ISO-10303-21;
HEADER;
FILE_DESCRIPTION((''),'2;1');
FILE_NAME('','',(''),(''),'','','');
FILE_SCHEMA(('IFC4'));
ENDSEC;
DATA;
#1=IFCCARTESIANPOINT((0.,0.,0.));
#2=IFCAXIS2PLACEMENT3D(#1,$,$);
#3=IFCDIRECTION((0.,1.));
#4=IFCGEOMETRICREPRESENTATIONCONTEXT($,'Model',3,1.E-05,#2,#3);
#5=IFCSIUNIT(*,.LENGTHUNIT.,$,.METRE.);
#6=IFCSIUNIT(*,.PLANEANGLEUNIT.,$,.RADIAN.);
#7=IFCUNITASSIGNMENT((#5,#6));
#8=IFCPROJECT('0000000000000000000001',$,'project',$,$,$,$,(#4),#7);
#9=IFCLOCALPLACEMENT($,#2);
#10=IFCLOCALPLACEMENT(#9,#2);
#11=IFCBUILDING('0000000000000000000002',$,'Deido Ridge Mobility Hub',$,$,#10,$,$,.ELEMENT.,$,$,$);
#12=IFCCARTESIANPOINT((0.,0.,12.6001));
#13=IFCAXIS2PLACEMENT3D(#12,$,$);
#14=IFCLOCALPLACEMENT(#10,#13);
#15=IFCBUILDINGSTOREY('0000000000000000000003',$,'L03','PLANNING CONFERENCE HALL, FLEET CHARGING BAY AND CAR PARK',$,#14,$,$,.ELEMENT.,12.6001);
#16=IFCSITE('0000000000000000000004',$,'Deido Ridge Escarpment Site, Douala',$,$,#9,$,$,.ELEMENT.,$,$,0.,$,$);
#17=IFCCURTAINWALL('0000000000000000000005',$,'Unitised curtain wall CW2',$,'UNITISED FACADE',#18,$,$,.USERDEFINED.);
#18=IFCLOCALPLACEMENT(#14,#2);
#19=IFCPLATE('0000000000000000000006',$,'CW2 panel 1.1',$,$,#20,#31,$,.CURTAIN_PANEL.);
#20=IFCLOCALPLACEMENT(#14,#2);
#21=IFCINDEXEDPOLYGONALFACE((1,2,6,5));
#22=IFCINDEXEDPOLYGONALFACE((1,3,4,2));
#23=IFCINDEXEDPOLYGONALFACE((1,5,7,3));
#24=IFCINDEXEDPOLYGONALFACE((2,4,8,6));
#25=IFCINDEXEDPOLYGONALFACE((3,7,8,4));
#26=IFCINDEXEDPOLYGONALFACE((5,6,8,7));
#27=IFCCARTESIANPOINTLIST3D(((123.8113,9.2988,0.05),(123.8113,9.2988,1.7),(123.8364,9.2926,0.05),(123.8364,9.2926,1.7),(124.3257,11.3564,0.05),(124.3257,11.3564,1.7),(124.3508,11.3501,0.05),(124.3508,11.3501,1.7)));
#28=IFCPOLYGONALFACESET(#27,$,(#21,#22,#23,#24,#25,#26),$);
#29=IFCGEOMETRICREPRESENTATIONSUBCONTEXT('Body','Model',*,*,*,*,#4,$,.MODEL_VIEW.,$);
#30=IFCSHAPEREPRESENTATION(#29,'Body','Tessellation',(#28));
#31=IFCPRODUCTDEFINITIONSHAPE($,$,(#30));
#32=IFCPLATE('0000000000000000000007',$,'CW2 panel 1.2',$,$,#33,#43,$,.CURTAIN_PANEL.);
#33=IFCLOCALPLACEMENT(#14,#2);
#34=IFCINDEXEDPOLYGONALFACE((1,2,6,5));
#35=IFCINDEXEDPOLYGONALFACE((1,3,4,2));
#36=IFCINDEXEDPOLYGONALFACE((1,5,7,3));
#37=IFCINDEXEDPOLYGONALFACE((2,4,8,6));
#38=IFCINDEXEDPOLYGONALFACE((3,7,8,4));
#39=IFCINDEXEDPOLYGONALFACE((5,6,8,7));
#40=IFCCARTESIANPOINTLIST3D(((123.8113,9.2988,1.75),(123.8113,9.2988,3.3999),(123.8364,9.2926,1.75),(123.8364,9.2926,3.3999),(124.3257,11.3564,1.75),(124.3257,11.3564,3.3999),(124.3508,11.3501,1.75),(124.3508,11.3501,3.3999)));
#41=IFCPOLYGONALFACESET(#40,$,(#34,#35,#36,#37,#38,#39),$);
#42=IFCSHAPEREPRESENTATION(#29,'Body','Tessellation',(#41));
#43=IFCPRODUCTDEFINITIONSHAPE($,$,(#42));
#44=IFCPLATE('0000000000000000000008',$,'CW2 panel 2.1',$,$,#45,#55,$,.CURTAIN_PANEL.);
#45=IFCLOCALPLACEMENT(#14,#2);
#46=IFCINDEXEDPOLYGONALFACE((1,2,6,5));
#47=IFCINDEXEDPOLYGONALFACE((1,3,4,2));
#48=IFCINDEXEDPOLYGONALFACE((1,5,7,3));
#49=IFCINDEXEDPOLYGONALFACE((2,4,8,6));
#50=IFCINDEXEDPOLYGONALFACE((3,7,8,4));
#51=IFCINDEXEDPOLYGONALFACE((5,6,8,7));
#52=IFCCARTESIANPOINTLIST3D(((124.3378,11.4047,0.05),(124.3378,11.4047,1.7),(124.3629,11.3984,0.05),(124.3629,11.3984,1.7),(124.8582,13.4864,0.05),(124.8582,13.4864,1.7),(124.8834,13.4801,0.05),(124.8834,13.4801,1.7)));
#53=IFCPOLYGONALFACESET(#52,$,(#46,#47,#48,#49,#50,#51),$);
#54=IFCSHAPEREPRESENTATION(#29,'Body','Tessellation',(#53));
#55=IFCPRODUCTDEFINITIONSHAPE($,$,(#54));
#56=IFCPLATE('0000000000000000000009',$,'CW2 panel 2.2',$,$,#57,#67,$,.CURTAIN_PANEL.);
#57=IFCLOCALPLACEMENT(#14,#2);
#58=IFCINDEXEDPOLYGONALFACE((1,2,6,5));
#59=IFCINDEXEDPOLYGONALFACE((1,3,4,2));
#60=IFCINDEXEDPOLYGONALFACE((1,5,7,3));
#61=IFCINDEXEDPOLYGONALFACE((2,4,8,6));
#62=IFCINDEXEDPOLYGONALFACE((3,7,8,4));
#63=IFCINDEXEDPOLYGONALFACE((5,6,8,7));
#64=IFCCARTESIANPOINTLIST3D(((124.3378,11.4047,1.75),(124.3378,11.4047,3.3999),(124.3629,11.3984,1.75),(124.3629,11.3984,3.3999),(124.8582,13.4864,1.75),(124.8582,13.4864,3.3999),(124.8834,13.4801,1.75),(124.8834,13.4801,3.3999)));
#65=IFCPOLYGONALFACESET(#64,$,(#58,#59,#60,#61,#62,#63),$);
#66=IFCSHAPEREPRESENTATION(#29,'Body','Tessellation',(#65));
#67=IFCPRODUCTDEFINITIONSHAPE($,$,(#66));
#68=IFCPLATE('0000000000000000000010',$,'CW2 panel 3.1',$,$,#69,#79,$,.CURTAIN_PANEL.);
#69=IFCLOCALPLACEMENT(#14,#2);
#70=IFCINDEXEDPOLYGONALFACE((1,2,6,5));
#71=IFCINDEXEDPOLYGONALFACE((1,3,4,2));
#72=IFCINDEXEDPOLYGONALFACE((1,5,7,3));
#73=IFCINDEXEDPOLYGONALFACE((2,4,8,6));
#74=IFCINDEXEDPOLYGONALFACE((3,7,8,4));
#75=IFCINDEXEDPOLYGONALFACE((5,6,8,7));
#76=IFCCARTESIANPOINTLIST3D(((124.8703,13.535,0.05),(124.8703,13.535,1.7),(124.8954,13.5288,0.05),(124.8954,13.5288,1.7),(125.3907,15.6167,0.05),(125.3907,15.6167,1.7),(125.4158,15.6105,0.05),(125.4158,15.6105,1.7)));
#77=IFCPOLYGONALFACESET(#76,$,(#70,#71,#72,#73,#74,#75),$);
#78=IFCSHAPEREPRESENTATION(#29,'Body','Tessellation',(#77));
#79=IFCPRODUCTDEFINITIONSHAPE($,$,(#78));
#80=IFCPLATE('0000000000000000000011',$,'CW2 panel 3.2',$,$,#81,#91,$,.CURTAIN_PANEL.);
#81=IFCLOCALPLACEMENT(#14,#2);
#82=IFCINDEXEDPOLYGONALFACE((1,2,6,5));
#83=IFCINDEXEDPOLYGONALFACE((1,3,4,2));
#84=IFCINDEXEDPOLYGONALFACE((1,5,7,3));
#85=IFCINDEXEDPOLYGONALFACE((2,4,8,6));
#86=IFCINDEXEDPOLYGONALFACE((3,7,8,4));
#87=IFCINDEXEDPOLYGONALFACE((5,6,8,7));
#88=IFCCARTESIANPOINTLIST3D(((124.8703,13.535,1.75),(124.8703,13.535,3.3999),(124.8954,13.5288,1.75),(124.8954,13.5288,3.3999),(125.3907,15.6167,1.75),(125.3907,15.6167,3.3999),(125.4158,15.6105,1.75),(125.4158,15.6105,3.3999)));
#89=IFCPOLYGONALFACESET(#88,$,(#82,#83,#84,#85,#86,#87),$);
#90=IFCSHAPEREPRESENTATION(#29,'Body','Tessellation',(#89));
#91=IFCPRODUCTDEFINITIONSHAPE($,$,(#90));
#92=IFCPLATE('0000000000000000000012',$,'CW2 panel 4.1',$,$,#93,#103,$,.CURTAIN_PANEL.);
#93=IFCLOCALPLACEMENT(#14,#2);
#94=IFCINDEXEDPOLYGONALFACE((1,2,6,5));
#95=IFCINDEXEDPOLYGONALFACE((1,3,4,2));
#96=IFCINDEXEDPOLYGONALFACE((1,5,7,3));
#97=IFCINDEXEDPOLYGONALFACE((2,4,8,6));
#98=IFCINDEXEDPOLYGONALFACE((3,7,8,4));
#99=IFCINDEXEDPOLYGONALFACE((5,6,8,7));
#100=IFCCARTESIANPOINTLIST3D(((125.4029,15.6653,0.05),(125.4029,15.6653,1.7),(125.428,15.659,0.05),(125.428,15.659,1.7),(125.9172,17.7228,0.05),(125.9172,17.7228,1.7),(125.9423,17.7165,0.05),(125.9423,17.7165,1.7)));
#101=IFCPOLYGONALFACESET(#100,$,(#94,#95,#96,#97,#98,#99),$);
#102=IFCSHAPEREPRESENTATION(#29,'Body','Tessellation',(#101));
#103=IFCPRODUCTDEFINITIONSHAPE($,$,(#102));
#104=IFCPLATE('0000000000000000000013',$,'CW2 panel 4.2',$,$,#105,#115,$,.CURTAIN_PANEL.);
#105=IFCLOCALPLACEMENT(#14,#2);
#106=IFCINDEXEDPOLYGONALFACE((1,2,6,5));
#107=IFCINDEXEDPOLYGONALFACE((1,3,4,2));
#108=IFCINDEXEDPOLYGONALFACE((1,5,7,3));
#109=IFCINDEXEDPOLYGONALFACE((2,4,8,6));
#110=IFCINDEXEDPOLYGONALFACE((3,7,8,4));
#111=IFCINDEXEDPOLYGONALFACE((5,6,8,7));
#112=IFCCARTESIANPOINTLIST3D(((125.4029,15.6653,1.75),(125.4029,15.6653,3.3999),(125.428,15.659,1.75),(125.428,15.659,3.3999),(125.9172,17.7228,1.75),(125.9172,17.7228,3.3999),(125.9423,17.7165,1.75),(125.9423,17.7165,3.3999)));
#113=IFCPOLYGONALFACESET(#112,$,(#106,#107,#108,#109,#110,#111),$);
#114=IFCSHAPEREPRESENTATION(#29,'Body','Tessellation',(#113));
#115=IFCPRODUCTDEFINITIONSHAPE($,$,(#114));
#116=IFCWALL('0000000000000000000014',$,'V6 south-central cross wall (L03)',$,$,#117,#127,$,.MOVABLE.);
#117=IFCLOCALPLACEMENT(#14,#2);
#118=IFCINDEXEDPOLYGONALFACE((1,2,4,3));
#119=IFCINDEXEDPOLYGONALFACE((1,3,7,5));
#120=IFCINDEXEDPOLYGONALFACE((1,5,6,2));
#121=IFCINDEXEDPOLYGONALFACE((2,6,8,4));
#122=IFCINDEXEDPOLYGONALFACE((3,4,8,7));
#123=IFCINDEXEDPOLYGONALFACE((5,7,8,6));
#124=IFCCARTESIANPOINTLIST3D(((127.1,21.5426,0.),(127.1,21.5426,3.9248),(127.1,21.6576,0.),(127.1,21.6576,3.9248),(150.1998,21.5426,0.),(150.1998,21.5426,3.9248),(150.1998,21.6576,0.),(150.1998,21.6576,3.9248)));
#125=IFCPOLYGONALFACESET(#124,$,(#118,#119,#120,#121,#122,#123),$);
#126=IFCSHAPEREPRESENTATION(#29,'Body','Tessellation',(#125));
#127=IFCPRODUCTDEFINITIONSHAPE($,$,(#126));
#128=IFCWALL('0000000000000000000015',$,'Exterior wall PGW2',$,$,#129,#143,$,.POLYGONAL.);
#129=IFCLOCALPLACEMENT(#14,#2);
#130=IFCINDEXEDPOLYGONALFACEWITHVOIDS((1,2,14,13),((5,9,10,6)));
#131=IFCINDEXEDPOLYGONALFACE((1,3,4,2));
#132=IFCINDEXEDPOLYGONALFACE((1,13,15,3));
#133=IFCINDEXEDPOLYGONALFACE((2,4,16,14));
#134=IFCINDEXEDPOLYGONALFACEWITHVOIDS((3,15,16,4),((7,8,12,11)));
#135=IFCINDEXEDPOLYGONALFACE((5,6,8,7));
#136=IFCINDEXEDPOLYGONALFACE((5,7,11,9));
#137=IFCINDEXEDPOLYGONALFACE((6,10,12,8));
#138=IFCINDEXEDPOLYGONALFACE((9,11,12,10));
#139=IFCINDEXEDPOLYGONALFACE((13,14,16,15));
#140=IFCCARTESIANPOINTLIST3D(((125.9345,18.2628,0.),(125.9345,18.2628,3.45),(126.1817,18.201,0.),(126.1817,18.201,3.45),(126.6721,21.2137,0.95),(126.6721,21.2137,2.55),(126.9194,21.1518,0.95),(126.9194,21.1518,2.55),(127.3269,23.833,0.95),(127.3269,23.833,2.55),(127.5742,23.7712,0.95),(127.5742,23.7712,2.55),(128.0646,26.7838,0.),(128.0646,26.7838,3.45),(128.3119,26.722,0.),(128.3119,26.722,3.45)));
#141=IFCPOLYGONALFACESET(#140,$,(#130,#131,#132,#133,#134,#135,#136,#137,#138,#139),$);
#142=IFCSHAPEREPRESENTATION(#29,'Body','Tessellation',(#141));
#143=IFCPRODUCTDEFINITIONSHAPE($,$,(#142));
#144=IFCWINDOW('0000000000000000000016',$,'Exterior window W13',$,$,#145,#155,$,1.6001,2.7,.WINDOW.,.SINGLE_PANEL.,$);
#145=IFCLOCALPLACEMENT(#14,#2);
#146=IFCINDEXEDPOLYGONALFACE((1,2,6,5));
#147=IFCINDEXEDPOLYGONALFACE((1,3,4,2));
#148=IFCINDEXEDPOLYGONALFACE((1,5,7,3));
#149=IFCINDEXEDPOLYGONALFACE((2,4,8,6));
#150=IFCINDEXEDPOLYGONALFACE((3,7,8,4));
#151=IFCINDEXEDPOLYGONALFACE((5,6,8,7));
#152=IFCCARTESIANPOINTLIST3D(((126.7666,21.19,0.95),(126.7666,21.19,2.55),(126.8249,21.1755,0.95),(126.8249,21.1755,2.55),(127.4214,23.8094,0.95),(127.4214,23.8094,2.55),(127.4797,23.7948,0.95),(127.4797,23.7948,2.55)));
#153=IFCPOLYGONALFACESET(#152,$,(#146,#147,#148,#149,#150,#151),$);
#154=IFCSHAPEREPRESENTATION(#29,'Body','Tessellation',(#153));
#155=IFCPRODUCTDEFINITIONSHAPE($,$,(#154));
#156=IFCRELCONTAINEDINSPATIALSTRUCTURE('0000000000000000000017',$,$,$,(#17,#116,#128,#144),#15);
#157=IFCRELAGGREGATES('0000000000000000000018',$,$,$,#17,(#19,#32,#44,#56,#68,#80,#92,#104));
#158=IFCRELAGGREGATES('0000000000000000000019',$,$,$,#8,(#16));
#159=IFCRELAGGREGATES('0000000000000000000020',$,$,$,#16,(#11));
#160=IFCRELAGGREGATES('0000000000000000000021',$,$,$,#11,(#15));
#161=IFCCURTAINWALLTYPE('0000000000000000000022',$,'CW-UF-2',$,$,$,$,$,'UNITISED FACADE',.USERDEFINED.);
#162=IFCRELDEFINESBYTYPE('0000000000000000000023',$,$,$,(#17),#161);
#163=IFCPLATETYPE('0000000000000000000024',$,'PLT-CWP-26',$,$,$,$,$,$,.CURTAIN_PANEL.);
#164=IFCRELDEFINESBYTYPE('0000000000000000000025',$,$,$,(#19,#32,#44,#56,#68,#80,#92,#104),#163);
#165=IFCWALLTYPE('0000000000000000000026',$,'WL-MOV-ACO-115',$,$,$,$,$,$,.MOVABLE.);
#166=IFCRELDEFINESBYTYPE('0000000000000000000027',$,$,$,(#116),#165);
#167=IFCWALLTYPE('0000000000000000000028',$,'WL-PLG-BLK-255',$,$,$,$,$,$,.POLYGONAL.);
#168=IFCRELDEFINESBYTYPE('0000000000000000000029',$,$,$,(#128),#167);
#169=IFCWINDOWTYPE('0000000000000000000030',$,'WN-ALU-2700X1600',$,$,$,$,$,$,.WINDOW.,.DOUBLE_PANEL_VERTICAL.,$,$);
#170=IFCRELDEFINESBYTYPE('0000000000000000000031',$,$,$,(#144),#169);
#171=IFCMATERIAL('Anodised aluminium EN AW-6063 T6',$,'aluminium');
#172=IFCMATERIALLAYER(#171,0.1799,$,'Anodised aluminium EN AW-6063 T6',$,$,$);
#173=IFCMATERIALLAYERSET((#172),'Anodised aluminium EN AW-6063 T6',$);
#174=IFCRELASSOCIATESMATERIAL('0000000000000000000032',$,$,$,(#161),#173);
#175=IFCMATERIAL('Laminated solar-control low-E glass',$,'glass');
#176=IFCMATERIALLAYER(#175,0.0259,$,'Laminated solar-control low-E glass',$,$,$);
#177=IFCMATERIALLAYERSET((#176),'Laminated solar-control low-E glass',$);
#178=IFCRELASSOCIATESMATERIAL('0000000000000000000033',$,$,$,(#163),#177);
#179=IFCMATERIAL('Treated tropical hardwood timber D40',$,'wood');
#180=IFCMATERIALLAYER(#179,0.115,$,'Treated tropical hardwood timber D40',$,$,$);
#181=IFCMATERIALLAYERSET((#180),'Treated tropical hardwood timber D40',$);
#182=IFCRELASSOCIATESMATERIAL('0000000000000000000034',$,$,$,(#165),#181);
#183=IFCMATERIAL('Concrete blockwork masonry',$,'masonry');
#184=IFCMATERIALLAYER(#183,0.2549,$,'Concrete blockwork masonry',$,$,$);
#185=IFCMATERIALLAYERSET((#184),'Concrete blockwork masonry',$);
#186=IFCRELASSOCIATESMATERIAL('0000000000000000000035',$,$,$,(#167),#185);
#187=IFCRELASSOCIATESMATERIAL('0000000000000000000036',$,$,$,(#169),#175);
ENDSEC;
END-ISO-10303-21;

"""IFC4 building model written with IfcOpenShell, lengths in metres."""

from ifc_helpers import new_model, si_unit, direction, frame, frame_2d, origin, origin_2d, place, context, subcontext, project, spatial, rectangle, extrude, material, layer, layer_set, type_object, element, fill, aggregate, save


model = new_model("IFC4")

# Units and contexts
model_context = context("Model", 3, precision=1e-05, world=origin(), true_north=direction((0.0, 1.0)))
body_context = subcontext(model_context, "Body", "Model", "MODEL_VIEW")
ifc_project = project(units=[si_unit("LENGTHUNIT", "METRE"), si_unit("PLANEANGLEUNIT", "RADIAN")], contexts=[model_context])

# Site, building, storey
site_placement = place(None, origin())
site = spatial("IfcSite", under=ifc_project, at=site_placement, Name="Deido Ridge Escarpment Site, Douala", CompositionType="ELEMENT", RefElevation=0.0)
building_placement = place(site_placement, origin())
building = spatial("IfcBuilding", under=site, at=building_placement, Name="Deido Ridge Mobility Hub", CompositionType="ELEMENT")
storey_placement = place(building_placement, frame((0.0, 0.0, 12.6001)))
storey = spatial("IfcBuildingStorey", under=building, at=storey_placement, Name="L03", Description="PLANNING CONFERENCE HALL, FLEET CHARGING BAY AND CAR PARK", CompositionType="ELEMENT", Elevation=12.6001)

# Curtain wall, plates
ifc_material_1 = material(Name="Anodised aluminium EN AW-6063 T6", Category="aluminium")
ifc_layer_1 = layer(ifc_material_1, 0.1799, Name="Anodised aluminium EN AW-6063 T6")
ifc_layer_set_1 = layer_set([ifc_layer_1], Name="Anodised aluminium EN AW-6063 T6")
curtain_wall_type = type_object("IfcCurtainWallType", Name="CW-UF-2", ElementType="UNITISED FACADE", PredefinedType="USERDEFINED", material=ifc_layer_set_1)
curtain_wall_placement = place(storey_placement, origin())
curtain_wall = element("IfcCurtainWall", 1, at=curtain_wall_placement, inside=storey, type_object=curtain_wall_type, Name="Unitised curtain wall CW2", ObjectType="UNITISED FACADE", PredefinedType="USERDEFINED")
ifc_material_2 = material(Name="Laminated solar-control low-E glass", Category="glass")
ifc_layer_2 = layer(ifc_material_2, 0.0259, Name="Laminated solar-control low-E glass")
ifc_layer_set_2 = layer_set([ifc_layer_2], Name="Laminated solar-control low-E glass")
plate_type = type_object("IfcPlateType", Name="PLT-CWP-26", PredefinedType="CURTAIN_PANEL", material=ifc_layer_set_2)
plate_1_placement = place(storey_placement, frame((124.0811, 10.3245, 0.05), z_axis=(0.0, 0.0, 1.0), x_axis=(0.24253, 0.970144, 0.0)))
plate_1 = element("IfcPlate", 2, at=plate_1_placement, type_object=plate_type, Name="CW2 panel 1.1", PredefinedType="CURTAIN_PANEL", context=body_context, shape_type="SweptSolid", body=[
    extrude(rectangle(XDim=2.1208, YDim=0.0259, at=origin_2d()), origin(), (0.0, 0.0, 1.0), 1.6499),
])
plate_2_placement = place(storey_placement, frame((124.0811, 10.3245, 1.75), z_axis=(0.0, 0.0, 1.0), x_axis=(0.24253, 0.970144, 0.0)))
plate_2 = element("IfcPlate", 3, at=plate_2_placement, type_object=plate_type, Name="CW2 panel 1.2", PredefinedType="CURTAIN_PANEL", context=body_context, shape_type="SweptSolid", body=[
    extrude(rectangle(XDim=2.1208, YDim=0.0259, at=origin_2d()), origin(), (0.0, 0.0, 1.0), 1.6499),
])
plate_3_placement = place(storey_placement, frame((124.6106, 12.4424, 0.05), z_axis=(0.0, 0.0, 1.0), x_axis=(0.24253, 0.970144, 0.0)))
plate_3 = element("IfcPlate", 4, at=plate_3_placement, type_object=plate_type, Name="CW2 panel 2.1", PredefinedType="CURTAIN_PANEL", context=body_context, shape_type="SweptSolid", body=[
    extrude(rectangle(XDim=2.1458, YDim=0.0259, at=origin_2d()), origin(), (0.0, 0.0, 1.0), 1.6499),
])
plate_4_placement = place(storey_placement, frame((124.6106, 12.4424, 1.75), z_axis=(0.0, 0.0, 1.0), x_axis=(0.24253, 0.970144, 0.0)))
plate_4 = element("IfcPlate", 5, at=plate_4_placement, type_object=plate_type, Name="CW2 panel 2.2", PredefinedType="CURTAIN_PANEL", context=body_context, shape_type="SweptSolid", body=[
    extrude(rectangle(XDim=2.1458, YDim=0.0259, at=origin_2d()), origin(), (0.0, 0.0, 1.0), 1.6499),
])
plate_5_placement = place(storey_placement, frame((125.1431, 14.5728, 0.05), z_axis=(0.0, 0.0, 1.0), x_axis=(0.24253, 0.970144, 0.0)))
plate_5 = element("IfcPlate", 6, at=plate_5_placement, type_object=plate_type, Name="CW2 panel 3.1", PredefinedType="CURTAIN_PANEL", context=body_context, shape_type="SweptSolid", body=[
    extrude(rectangle(XDim=2.1458, YDim=0.0259, at=origin_2d()), origin(), (0.0, 0.0, 1.0), 1.6499),
])
plate_6_placement = place(storey_placement, frame((125.1431, 14.5728, 1.75), z_axis=(0.0, 0.0, 1.0), x_axis=(0.24253, 0.970144, 0.0)))
plate_6 = element("IfcPlate", 7, at=plate_6_placement, type_object=plate_type, Name="CW2 panel 3.2", PredefinedType="CURTAIN_PANEL", context=body_context, shape_type="SweptSolid", body=[
    extrude(rectangle(XDim=2.1458, YDim=0.0259, at=origin_2d()), origin(), (0.0, 0.0, 1.0), 1.6499),
])
plate_7_placement = place(storey_placement, frame((125.6726, 16.6909, 0.05), z_axis=(0.0, 0.0, 1.0), x_axis=(0.24253, 0.970144, 0.0)))
plate_7 = element("IfcPlate", 8, at=plate_7_placement, type_object=plate_type, Name="CW2 panel 4.1", PredefinedType="CURTAIN_PANEL", context=body_context, shape_type="SweptSolid", body=[
    extrude(rectangle(XDim=2.1208, YDim=0.0259, at=origin_2d()), origin(), (0.0, 0.0, 1.0), 1.6499),
])
plate_8_placement = place(storey_placement, frame((125.6726, 16.6909, 1.75), z_axis=(0.0, 0.0, 1.0), x_axis=(0.24253, 0.970144, 0.0)))
plate_8 = element("IfcPlate", 9, at=plate_8_placement, type_object=plate_type, Name="CW2 panel 4.2", PredefinedType="CURTAIN_PANEL", context=body_context, shape_type="SweptSolid", body=[
    extrude(rectangle(XDim=2.1208, YDim=0.0259, at=origin_2d()), origin(), (0.0, 0.0, 1.0), 1.6499),
])
aggregate(curtain_wall, [plate_1, plate_2, plate_3, plate_4, plate_5, plate_6, plate_7, plate_8])

# Wall
ifc_material_3 = material(Name="Treated tropical hardwood timber D40", Category="wood")
ifc_layer_3 = layer(ifc_material_3, 0.115, Name="Treated tropical hardwood timber D40")
ifc_layer_set_3 = layer_set([ifc_layer_3], Name="Treated tropical hardwood timber D40")
wall_type_1 = type_object("IfcWallType", Name="WL-MOV-ACO-115", PredefinedType="MOVABLE", material=ifc_layer_set_3)
wall_1_placement = place(storey_placement, frame((127.1001, 21.6001, 0.0), z_axis=(0.0, 0.0, 1.0), x_axis=(1.0, 0.0, 0.0)))
element("IfcWall", 10, at=wall_1_placement, inside=storey, type_object=wall_type_1, Name="V6 south-central cross wall (L03)", PredefinedType="MOVABLE", context=body_context, shape_type="SweptSolid", body=[
    extrude(rectangle(XDim=23.0999, YDim=0.115, at=frame_2d((11.5498, 0.0))), origin(), (0.0, 0.0, 1.0), 3.9248),
])

# Wall, opening, window
ifc_material_4 = material(Name="Concrete blockwork masonry", Category="masonry")
ifc_layer_4 = layer(ifc_material_4, 0.2549, Name="Concrete blockwork masonry")
ifc_layer_set_4 = layer_set([ifc_layer_4], Name="Concrete blockwork masonry")
wall_type_2 = type_object("IfcWallType", Name="WL-PLG-BLK-255", PredefinedType="POLYGONAL", material=ifc_layer_set_4)
wall_2_placement = place(storey_placement, frame((126.0581, 18.2319, 0.0), z_axis=(0.0, 0.0, 1.0), x_axis=(0.242523, 0.970146, 0.0)))
wall_2 = element("IfcWall", 11, at=wall_2_placement, inside=storey, type_object=wall_type_2, Name="Exterior wall PGW2", PredefinedType="POLYGONAL", context=body_context, shape_type="SweptSolid", body=[
    extrude(rectangle(XDim=8.7832, YDim=0.2549, at=frame_2d((4.3916, 0.0))), origin(), (0.0, 0.0, 1.0), 3.45),
])
opening_placement = place(wall_2_placement, frame((3.0415, 0.0, 0.95)))
opening = element("IfcOpeningElement", 12, at=opening_placement, cuts=wall_2, PredefinedType="OPENING", context=body_context, shape_type="SweptSolid", body=[
    extrude(rectangle(XDim=2.7, YDim=1.6001, at=frame_2d((1.3501, 0.8))), frame((0.0, 0.1375, 0.0), z_axis=(0.0, -1.0, 0.0), x_axis=(1.0, 0.0, 0.0)), (0.0, 0.0, 1.0), 0.2749),
])
window_type = type_object("IfcWindowType", Name="WN-ALU-2700X1600", PartitioningType="DOUBLE_PANEL_VERTICAL", PredefinedType="WINDOW", material=ifc_material_2)
window_placement = place(opening_placement, origin())
window = element("IfcWindow", 13, at=window_placement, inside=storey, type_object=window_type, Name="Exterior window W13", OverallHeight=1.6001, OverallWidth=2.7, PartitioningType="SINGLE_PANEL", PredefinedType="WINDOW", context=body_context, shape_type="SweptSolid", body=[
    extrude(rectangle(XDim=2.7, YDim=1.6001, at=frame_2d((1.3501, 0.8))), frame((0.0, 0.03, 0.0), z_axis=(0.0, -1.0, 0.0), x_axis=(1.0, 0.0, 0.0)), (0.0, 0.0, 1.0), 0.0601),
])
fill(opening, window)

save(model, "model.ifc")
